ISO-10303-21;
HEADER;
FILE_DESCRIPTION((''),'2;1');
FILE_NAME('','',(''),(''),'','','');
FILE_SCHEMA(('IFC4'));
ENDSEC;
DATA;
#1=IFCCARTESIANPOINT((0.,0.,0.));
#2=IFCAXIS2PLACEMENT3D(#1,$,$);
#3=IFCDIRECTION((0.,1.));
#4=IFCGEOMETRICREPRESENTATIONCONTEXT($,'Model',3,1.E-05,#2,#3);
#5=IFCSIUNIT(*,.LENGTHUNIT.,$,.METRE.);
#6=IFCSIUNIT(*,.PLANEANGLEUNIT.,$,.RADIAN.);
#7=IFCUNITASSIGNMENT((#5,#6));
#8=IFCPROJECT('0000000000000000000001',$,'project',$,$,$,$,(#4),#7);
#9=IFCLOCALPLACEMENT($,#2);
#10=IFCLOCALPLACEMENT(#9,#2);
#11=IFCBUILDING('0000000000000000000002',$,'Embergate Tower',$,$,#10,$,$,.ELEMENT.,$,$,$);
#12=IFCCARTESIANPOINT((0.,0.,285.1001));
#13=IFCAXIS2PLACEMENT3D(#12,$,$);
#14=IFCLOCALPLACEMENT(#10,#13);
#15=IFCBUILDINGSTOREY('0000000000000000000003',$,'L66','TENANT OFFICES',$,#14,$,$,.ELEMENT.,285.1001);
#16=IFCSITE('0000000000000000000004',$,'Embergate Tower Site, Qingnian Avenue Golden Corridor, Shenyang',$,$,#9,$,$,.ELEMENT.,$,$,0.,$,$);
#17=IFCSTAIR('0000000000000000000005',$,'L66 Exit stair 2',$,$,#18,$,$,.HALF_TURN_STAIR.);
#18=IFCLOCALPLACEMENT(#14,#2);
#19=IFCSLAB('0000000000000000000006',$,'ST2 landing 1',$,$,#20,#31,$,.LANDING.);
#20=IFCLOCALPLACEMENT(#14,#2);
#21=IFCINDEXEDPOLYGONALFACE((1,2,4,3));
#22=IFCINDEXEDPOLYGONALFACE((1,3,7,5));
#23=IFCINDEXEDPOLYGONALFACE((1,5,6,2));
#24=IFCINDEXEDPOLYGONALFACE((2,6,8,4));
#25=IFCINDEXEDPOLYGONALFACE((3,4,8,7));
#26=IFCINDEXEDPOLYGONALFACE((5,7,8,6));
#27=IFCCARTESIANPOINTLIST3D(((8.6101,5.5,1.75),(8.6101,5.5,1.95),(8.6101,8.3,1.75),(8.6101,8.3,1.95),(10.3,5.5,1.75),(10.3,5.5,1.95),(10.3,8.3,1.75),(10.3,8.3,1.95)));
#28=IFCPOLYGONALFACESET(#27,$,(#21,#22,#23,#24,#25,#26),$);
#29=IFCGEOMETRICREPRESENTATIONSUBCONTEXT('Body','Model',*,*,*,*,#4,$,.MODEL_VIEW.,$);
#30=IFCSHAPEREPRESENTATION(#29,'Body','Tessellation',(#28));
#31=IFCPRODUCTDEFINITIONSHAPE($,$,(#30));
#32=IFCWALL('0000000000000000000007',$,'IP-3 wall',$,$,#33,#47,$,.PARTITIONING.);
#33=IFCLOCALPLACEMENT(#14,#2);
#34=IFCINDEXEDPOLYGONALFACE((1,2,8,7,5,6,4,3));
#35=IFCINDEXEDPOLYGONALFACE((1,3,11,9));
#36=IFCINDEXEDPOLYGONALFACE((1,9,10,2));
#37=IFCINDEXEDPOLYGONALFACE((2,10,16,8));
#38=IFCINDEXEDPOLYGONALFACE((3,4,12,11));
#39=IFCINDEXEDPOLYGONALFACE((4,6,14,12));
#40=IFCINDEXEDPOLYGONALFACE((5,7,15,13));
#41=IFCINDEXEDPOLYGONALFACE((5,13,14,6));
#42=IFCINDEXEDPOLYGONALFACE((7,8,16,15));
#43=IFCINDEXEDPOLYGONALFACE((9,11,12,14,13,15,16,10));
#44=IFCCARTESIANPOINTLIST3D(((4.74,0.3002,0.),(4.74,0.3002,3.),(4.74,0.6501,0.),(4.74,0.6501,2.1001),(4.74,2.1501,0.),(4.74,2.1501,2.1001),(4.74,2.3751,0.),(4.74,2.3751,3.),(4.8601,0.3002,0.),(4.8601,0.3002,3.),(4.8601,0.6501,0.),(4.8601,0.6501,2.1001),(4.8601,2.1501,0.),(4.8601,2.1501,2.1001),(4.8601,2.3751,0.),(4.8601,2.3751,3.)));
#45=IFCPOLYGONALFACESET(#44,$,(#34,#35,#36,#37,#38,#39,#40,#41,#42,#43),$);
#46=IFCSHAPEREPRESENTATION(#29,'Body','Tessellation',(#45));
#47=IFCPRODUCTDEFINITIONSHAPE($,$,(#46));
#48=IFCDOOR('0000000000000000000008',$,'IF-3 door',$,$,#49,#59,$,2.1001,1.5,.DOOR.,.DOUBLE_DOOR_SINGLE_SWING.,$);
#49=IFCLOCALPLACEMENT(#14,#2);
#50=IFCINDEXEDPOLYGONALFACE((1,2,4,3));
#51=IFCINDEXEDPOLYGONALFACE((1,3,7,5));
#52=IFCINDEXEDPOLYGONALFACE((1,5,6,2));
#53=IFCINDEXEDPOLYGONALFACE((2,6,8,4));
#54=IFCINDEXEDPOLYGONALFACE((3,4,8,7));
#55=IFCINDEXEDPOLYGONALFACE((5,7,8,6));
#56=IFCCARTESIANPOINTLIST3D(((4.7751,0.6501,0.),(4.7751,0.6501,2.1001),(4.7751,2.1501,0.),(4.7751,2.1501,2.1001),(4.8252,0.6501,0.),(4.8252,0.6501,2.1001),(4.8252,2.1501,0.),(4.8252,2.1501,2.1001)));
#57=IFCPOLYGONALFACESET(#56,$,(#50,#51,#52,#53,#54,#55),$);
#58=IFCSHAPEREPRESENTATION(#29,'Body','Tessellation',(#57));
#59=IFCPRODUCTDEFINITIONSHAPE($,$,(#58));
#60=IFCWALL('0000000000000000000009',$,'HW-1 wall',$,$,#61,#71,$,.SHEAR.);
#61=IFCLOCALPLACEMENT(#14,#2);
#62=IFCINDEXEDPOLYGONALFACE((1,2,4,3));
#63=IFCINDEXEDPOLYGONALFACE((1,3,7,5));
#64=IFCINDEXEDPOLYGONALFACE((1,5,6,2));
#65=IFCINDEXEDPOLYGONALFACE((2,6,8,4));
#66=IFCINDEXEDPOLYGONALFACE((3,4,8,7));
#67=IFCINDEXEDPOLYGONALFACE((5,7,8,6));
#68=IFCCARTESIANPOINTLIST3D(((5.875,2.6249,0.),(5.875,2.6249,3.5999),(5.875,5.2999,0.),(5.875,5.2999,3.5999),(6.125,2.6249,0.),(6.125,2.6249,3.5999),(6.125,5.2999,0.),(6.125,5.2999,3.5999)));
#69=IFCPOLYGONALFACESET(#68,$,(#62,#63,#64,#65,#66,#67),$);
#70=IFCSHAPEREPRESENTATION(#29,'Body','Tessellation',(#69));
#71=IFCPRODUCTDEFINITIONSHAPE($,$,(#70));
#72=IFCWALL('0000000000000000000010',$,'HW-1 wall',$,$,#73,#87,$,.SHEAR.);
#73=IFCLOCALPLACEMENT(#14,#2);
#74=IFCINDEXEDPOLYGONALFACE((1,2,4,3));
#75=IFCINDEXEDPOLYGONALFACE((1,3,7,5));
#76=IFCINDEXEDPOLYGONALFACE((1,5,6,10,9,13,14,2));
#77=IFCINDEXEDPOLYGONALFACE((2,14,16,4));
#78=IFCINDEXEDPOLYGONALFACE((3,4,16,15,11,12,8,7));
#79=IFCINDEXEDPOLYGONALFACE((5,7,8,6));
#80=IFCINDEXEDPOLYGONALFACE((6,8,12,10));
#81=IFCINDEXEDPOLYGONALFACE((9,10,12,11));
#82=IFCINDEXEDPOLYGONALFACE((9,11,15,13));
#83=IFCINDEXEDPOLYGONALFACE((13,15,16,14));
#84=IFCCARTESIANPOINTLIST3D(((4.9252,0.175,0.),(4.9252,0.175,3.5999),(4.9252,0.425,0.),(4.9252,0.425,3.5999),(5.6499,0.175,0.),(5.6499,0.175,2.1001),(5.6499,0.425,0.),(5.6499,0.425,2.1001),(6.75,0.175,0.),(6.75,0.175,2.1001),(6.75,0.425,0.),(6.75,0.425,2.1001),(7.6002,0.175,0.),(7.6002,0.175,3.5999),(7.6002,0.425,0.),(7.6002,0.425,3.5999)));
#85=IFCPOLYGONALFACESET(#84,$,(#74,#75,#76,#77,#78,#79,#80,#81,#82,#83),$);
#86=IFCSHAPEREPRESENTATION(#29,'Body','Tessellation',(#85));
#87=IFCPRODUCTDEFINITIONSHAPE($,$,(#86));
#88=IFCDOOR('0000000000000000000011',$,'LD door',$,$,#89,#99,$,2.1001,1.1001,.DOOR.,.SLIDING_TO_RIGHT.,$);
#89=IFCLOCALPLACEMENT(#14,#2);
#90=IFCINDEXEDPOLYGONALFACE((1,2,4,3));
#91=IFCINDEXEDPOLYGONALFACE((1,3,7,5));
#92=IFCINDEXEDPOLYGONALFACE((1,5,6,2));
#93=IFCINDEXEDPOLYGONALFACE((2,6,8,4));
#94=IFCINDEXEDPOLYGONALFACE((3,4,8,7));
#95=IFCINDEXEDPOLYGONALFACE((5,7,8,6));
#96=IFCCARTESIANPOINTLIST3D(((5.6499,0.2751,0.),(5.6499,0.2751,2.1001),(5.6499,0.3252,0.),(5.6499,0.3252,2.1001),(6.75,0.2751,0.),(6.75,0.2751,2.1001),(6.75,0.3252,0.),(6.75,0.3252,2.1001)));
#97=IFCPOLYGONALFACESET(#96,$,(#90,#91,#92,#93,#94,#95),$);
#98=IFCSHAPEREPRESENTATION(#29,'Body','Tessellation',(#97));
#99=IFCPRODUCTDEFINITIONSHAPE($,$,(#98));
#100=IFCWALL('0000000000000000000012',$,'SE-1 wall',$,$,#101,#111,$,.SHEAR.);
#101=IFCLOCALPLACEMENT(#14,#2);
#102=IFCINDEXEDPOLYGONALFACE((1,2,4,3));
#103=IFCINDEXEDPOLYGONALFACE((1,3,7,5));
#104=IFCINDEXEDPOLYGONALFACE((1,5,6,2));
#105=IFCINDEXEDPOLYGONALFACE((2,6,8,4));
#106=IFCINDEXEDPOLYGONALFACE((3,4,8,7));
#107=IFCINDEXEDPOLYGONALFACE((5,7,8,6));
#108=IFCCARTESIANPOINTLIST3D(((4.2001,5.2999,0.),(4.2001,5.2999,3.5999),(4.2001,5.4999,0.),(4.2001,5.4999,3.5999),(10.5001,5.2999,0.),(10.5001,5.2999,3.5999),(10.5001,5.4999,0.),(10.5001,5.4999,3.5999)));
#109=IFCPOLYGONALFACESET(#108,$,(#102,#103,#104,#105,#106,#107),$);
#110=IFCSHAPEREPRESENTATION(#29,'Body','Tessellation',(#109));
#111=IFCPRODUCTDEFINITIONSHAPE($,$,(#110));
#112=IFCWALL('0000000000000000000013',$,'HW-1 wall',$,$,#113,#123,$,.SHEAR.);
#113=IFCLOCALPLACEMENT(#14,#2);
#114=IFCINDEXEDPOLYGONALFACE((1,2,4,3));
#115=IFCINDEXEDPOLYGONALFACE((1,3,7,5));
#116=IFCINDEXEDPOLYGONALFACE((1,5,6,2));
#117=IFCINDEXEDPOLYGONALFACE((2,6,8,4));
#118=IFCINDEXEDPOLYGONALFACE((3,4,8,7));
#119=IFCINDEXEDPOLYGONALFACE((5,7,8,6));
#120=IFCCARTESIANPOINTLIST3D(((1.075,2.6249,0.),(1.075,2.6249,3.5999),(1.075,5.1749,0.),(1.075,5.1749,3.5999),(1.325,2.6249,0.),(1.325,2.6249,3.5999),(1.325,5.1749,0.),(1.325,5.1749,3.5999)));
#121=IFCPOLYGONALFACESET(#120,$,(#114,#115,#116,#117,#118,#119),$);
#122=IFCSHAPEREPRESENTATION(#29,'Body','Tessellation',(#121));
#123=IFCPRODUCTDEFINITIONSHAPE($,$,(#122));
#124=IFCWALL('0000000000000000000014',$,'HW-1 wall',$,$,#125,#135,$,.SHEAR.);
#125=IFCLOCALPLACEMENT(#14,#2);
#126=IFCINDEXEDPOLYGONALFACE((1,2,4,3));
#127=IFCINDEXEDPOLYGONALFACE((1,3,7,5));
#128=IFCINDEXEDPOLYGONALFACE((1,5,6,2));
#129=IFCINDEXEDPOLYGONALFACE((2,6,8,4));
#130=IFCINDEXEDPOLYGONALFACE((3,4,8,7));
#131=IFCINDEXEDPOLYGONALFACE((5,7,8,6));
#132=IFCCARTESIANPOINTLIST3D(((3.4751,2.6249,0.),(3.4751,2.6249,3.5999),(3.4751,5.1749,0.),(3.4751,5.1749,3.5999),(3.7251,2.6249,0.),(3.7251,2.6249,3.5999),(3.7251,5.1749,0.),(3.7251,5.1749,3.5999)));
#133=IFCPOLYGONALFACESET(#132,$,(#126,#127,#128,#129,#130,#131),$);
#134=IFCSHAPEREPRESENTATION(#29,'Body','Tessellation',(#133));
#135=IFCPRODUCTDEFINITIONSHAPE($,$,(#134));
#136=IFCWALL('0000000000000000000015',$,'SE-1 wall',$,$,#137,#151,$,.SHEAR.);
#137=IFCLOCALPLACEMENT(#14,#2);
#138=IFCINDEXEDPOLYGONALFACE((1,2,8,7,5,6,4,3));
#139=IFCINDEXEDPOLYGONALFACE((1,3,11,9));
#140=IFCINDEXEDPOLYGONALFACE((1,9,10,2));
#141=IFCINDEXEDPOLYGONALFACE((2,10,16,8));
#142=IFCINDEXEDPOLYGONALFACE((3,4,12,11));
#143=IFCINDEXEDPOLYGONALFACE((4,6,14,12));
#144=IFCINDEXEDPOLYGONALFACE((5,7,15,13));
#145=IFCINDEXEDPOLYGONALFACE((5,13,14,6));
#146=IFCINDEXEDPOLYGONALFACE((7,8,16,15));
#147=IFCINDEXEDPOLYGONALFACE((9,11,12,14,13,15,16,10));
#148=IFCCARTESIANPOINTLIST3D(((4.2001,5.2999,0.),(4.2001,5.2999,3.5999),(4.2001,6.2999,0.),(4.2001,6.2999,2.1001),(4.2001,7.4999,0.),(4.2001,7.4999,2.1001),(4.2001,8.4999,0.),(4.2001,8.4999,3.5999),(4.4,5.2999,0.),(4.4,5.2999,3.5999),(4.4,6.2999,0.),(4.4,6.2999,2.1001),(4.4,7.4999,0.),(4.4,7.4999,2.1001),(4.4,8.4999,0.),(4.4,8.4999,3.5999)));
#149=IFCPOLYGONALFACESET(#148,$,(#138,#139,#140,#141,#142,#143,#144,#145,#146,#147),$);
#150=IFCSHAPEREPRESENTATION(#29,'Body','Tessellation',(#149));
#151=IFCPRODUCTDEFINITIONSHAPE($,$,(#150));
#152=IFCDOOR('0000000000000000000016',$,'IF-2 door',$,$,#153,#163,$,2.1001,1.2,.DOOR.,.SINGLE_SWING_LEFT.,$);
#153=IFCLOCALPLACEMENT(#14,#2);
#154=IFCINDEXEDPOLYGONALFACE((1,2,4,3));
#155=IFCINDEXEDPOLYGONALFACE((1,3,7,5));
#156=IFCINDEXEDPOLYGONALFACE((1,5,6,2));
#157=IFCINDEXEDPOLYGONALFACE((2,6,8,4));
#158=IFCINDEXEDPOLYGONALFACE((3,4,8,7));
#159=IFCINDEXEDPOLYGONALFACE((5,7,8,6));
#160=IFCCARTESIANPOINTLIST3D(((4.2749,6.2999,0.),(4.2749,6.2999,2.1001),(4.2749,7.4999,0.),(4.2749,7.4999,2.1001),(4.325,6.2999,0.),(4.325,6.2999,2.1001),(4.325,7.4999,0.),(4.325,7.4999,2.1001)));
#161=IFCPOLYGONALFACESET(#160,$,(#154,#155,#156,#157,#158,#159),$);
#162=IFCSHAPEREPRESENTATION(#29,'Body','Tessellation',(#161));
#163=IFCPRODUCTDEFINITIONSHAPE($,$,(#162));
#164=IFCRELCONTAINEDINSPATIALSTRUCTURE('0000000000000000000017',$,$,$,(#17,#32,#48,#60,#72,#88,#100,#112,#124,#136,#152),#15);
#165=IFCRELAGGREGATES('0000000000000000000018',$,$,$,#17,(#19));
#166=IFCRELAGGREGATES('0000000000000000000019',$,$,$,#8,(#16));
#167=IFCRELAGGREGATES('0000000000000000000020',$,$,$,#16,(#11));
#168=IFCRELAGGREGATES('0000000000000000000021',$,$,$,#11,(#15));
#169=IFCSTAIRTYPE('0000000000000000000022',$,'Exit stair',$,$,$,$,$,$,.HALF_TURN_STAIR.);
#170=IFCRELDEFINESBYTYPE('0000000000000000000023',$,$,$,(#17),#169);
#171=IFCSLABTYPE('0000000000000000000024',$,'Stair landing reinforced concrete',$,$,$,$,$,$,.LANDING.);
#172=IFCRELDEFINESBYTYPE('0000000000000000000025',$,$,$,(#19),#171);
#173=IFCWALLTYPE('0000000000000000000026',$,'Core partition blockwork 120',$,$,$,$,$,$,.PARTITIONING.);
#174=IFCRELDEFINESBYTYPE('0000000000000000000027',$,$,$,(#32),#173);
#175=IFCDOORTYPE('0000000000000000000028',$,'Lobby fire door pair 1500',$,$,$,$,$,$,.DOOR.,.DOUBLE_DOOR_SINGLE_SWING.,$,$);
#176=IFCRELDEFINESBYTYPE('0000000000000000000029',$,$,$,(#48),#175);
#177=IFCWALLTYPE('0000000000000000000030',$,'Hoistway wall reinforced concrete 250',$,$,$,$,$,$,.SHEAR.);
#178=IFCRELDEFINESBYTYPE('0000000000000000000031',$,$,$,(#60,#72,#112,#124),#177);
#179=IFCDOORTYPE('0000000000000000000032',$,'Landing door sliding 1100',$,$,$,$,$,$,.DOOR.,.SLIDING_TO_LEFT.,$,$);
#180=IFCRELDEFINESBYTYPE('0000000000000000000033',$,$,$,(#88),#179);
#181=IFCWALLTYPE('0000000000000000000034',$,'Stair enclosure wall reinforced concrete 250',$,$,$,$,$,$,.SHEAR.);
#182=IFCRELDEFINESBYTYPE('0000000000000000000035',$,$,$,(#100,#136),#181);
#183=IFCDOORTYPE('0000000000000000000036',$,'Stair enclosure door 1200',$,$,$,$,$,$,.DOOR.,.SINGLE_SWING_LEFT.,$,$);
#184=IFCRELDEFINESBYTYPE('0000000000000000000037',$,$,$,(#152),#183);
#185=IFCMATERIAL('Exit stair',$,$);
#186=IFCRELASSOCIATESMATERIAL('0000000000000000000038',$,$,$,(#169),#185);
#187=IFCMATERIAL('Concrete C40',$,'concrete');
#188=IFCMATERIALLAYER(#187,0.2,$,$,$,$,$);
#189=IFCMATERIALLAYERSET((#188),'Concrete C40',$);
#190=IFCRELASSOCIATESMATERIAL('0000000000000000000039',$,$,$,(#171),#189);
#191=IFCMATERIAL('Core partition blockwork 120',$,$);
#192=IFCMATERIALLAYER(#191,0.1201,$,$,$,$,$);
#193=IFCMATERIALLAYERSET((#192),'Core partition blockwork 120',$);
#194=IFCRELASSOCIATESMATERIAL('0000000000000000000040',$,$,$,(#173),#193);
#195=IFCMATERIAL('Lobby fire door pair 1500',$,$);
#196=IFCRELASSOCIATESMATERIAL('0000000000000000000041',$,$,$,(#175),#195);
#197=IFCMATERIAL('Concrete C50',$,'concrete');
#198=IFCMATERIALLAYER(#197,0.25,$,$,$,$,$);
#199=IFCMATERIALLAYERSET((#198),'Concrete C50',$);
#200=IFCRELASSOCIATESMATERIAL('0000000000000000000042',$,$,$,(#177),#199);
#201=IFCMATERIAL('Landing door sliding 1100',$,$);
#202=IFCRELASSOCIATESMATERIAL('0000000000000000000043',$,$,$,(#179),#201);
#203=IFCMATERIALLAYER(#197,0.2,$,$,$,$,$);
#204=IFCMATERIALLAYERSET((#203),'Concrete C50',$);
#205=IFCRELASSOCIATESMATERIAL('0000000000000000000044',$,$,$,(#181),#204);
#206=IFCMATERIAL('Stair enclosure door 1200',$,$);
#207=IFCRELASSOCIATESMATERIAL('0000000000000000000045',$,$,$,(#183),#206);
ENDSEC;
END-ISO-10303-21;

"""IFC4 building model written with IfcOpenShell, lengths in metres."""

from ifc_helpers import new_model, si_unit, direction, frame, frame_2d, origin, place, context, subcontext, project, spatial, polyline, rectangle, outline, extrude, source, transform, mapped, material, layer, layer_set, type_object, element, fill, aggregate, save


model = new_model("IFC4")

# Units and contexts
model_context = context("Model", 3, precision=1e-05, world=origin(), true_north=direction((0.0, 1.0)))
body_context = subcontext(model_context, "Body", "Model", "MODEL_VIEW")
ifc_project = project(units=[si_unit("LENGTHUNIT", "METRE"), si_unit("PLANEANGLEUNIT", "RADIAN")], contexts=[model_context])

# Site, building, storey
site_placement = place(None, origin())
site = spatial("IfcSite", under=ifc_project, at=site_placement, Name="Embergate Tower Site, Qingnian Avenue Golden Corridor, Shenyang", CompositionType="ELEMENT", RefElevation=0.0)
building_placement = place(site_placement, origin())
building = spatial("IfcBuilding", under=site, at=building_placement, Name="Embergate Tower", CompositionType="ELEMENT")
storey_placement = place(building_placement, frame((0.0, 0.0, 285.1001)))
storey = spatial("IfcBuildingStorey", under=building, at=storey_placement, Name="L66", Description="TENANT OFFICES", CompositionType="ELEMENT", Elevation=285.1001)

# Stair, slab
ifc_material_1 = material(Name="Exit stair")
stair_type = type_object("IfcStairType", Name="Exit stair", PredefinedType="HALF_TURN_STAIR", material=ifc_material_1)
stair_placement = place(storey_placement, origin())
stair = element("IfcStair", 1, at=stair_placement, inside=storey, type_object=stair_type, Name="L66 Exit stair 2", PredefinedType="HALF_TURN_STAIR")
ifc_material_2 = material(Name="Concrete C40", Category="concrete")
ifc_layer_1 = layer(ifc_material_2, 0.2)
ifc_layer_set_1 = layer_set([ifc_layer_1], Name="Concrete C40")
slab_type = type_object("IfcSlabType", Name="Stair landing reinforced concrete", PredefinedType="LANDING", material=ifc_layer_set_1)
shared_shape_1 = source(origin(), body_context, "Body", "SweptSolid", [
    extrude(outline(polyline([(0.0, 0.0), (1.6899, 0.0), (1.6899, 2.8), (0.0, 2.8), (0.0, 0.0)])), origin(), (0.0, 0.0, 1.0), 0.2),
])
slab_placement = place(storey_placement, frame((8.6101, 5.5, 1.75)))
slab = element("IfcSlab", 2, at=slab_placement, type_object=slab_type, Name="ST2 landing 1", PredefinedType="LANDING", context=body_context, shape_type="MappedRepresentation", body=[
    mapped(shared_shape_1, transform((0.0, 0.0, 0.0))),
])

# Wall, opening, door
ifc_material_3 = material(Name="Core partition blockwork 120")
ifc_layer_2 = layer(ifc_material_3, 0.1201)
ifc_layer_set_2 = layer_set([ifc_layer_2], Name="Core partition blockwork 120")
wall_type_1 = type_object("IfcWallType", Name="Core partition blockwork 120", PredefinedType="PARTITIONING", material=ifc_layer_set_2)
shared_shape_2 = source(origin(), body_context, "Body", "SweptSolid", [
    extrude(rectangle(XDim=2.075, YDim=0.1201, at=frame_2d((1.0376, 0.0))), origin(), (0.0, 0.0, 1.0), 3.0),
])
wall_1_placement = place(storey_placement, frame((4.8, 0.3, 0.0), z_axis=(0.0, 0.0, 1.0), x_axis=(0.0, 1.0, 0.0)))
wall_1 = element("IfcWall", 3, at=wall_1_placement, inside=storey, type_object=wall_type_1, Name="IP-3 wall", PredefinedType="PARTITIONING", context=body_context, shape_type="MappedRepresentation", body=[
    mapped(shared_shape_2, transform((0.0, 0.0, 0.0))),
])
shared_shape_3 = source(origin(), body_context, "Body", "SweptSolid", [
    extrude(rectangle(XDim=1.5, YDim=2.1001, at=frame_2d((0.75, 1.05))), frame((0.0, 0.0701, 0.0), z_axis=(0.0, -1.0, 0.0), x_axis=(1.0, 0.0, 0.0)), (0.0, 0.0, 1.0), 0.1401),
])
opening_1_placement = place(wall_1_placement, frame((0.3501, 0.0, 0.0)))
opening_1 = element("IfcOpeningElement", 4, at=opening_1_placement, cuts=wall_1, PredefinedType="OPENING", context=body_context, shape_type="MappedRepresentation", body=[
    mapped(shared_shape_3, transform((0.0, 0.0, 0.0))),
])
ifc_material_4 = material(Name="Lobby fire door pair 1500")
door_type_1 = type_object("IfcDoorType", Name="Lobby fire door pair 1500", OperationType="DOUBLE_DOOR_SINGLE_SWING", PredefinedType="DOOR", material=ifc_material_4)
shared_shape_4 = source(origin(), body_context, "Body", "SweptSolid", [
    extrude(rectangle(XDim=1.5, YDim=2.1001, at=frame_2d((0.75, 1.05))), frame((0.0, 0.0249, 0.0), z_axis=(0.0, -1.0, 0.0), x_axis=(1.0, 0.0, 0.0)), (0.0, 0.0, 1.0), 0.05),
])
door_1_placement = place(opening_1_placement, origin())
door_1 = element("IfcDoor", 5, at=door_1_placement, inside=storey, type_object=door_type_1, Name="IF-3 door", OperationType="DOUBLE_DOOR_SINGLE_SWING", OverallHeight=2.1001, OverallWidth=1.5, PredefinedType="DOOR", context=body_context, shape_type="MappedRepresentation", body=[
    mapped(shared_shape_4, transform((0.0, 0.0, 0.0))),
])
fill(opening_1, door_1)

# Wall
ifc_material_5 = material(Name="Concrete C50", Category="concrete")
ifc_layer_3 = layer(ifc_material_5, 0.25)
ifc_layer_set_3 = layer_set([ifc_layer_3], Name="Concrete C50")
wall_type_2 = type_object("IfcWallType", Name="Hoistway wall reinforced concrete 250", PredefinedType="SHEAR", material=ifc_layer_set_3)
shared_shape_5 = source(origin(), body_context, "Body", "SweptSolid", [
    extrude(rectangle(XDim=2.675, YDim=0.25, at=frame_2d((1.3374, 0.0))), origin(), (0.0, 0.0, 1.0), 3.5999),
])
wall_2_placement = place(storey_placement, frame((6.0, 2.625, 0.0), z_axis=(0.0, 0.0, 1.0), x_axis=(0.0, 1.0, 0.0)))
element("IfcWall", 6, at=wall_2_placement, inside=storey, type_object=wall_type_2, Name="HW-1 wall", PredefinedType="SHEAR", context=body_context, shape_type="MappedRepresentation", body=[
    mapped(shared_shape_5, transform((0.0, 0.0, 0.0))),
])

# Wall, opening, door
wall_3_placement = place(storey_placement, frame((7.6001, 0.3, 0.0), z_axis=(0.0, 0.0, 1.0), x_axis=(-1.0, 0.0, 0.0)))
wall_3 = element("IfcWall", 7, at=wall_3_placement, inside=storey, type_object=wall_type_2, Name="HW-1 wall", PredefinedType="SHEAR", context=body_context, shape_type="MappedRepresentation", body=[
    mapped(shared_shape_5, transform((0.0, 0.0, 0.0))),
])
shared_shape_6 = source(origin(), body_context, "Body", "SweptSolid", [
    extrude(rectangle(XDim=1.1001, YDim=2.1001, at=frame_2d((0.55, 1.05))), frame((0.0, 0.135, 0.0), z_axis=(0.0, -1.0, 0.0), x_axis=(1.0, 0.0, 0.0)), (0.0, 0.0, 1.0), 0.27),
])
opening_2_placement = place(wall_3_placement, frame((0.8501, 0.0, 0.0)))
opening_2 = element("IfcOpeningElement", 8, at=opening_2_placement, cuts=wall_3, PredefinedType="OPENING", context=body_context, shape_type="MappedRepresentation", body=[
    mapped(shared_shape_6, transform((0.0, 0.0, 0.0))),
])
ifc_material_6 = material(Name="Landing door sliding 1100")
door_type_2 = type_object("IfcDoorType", Name="Landing door sliding 1100", OperationType="SLIDING_TO_LEFT", PredefinedType="DOOR", material=ifc_material_6)
shared_shape_7 = source(origin(), body_context, "Body", "SweptSolid", [
    extrude(rectangle(XDim=1.1001, YDim=2.1001, at=frame_2d((0.55, 1.05))), frame((0.0, 0.0249, 0.0), z_axis=(0.0, -1.0, 0.0), x_axis=(1.0, 0.0, 0.0)), (0.0, 0.0, 1.0), 0.05),
])
door_2_placement = place(opening_2_placement, origin())
door_2 = element("IfcDoor", 9, at=door_2_placement, inside=storey, type_object=door_type_2, Name="LD door", OperationType="SLIDING_TO_RIGHT", OverallHeight=2.1001, OverallWidth=1.1001, PredefinedType="DOOR", context=body_context, shape_type="MappedRepresentation", body=[
    mapped(shared_shape_7, transform((0.0, 0.0, 0.0))),
])
fill(opening_2, door_2)

# Walls
ifc_layer_4 = layer(ifc_material_5, 0.2)
ifc_layer_set_4 = layer_set([ifc_layer_4], Name="Concrete C50")
wall_type_3 = type_object("IfcWallType", Name="Stair enclosure wall reinforced concrete 250", PredefinedType="SHEAR", material=ifc_layer_set_4)
shared_shape_8 = source(origin(), body_context, "Body", "SweptSolid", [
    extrude(rectangle(XDim=6.3, YDim=0.2, at=frame_2d((3.1499, 0.0))), origin(), (0.0, 0.0, 1.0), 3.5999),
])
wall_4_placement = place(storey_placement, frame((10.5, 5.3999, 0.0), z_axis=(0.0, 0.0, 1.0), x_axis=(-1.0, 0.0, 0.0)))
element("IfcWall", 10, at=wall_4_placement, inside=storey, type_object=wall_type_3, Name="SE-1 wall", PredefinedType="SHEAR", context=body_context, shape_type="MappedRepresentation", body=[
    mapped(shared_shape_8, transform((0.0, 0.0, 0.0))),
])
shared_shape_9 = source(origin(), body_context, "Body", "SweptSolid", [
    extrude(rectangle(XDim=2.55, YDim=0.25, at=frame_2d((1.2749, 0.0))), origin(), (0.0, 0.0, 1.0), 3.5999),
])
for number, where, z_axis, x_axis, name in (
    (11, (1.2, 2.625, 0.0), (0.0, 0.0, 1.0), (0.0, 1.0, 0.0), "HW-1 wall"),
    (12, (3.6001, 2.625, 0.0), (0.0, 0.0, 1.0), (0.0, 1.0, 0.0), "HW-1 wall"),
):
    element("IfcWall", number, at=place(storey_placement, frame(where, z_axis=z_axis, x_axis=x_axis)), inside=storey, type_object=wall_type_2, Name=name, PredefinedType="SHEAR", context=body_context, shape_type="MappedRepresentation", body=[
        mapped(shared_shape_9, transform((0.0, 0.0, 0.0))),
    ])

# Wall, opening, door
shared_shape_10 = source(origin(), body_context, "Body", "SweptSolid", [
    extrude(rectangle(XDim=3.2, YDim=0.2, at=frame_2d((1.6001, 0.0))), origin(), (0.0, 0.0, 1.0), 3.5999),
])
wall_5_placement = place(storey_placement, frame((4.3, 8.5, 0.0), z_axis=(0.0, 0.0, 1.0), x_axis=(0.0, -1.0, 0.0)))
wall_5 = element("IfcWall", 13, at=wall_5_placement, inside=storey, type_object=wall_type_3, Name="SE-1 wall", PredefinedType="SHEAR", context=body_context, shape_type="MappedRepresentation", body=[
    mapped(shared_shape_10, transform((0.0, 0.0, 0.0))),
])
shared_shape_11 = source(origin(), body_context, "Body", "SweptSolid", [
    extrude(rectangle(XDim=1.2, YDim=2.1001, at=frame_2d((0.6001, 1.05))), frame((0.0, 0.1099, 0.0), z_axis=(0.0, -1.0, 0.0), x_axis=(1.0, 0.0, 0.0)), (0.0, 0.0, 1.0), 0.22),
])
opening_3_placement = place(wall_5_placement, frame((1.0, 0.0, 0.0)))
opening_3 = element("IfcOpeningElement", 14, at=opening_3_placement, cuts=wall_5, PredefinedType="OPENING", context=body_context, shape_type="MappedRepresentation", body=[
    mapped(shared_shape_11, transform((0.0, 0.0, 0.0))),
])
ifc_material_7 = material(Name="Stair enclosure door 1200")
door_type_3 = type_object("IfcDoorType", Name="Stair enclosure door 1200", OperationType="SINGLE_SWING_LEFT", PredefinedType="DOOR", material=ifc_material_7)
shared_shape_12 = source(origin(), body_context, "Body", "SweptSolid", [
    extrude(rectangle(XDim=1.2, YDim=2.1001, at=frame_2d((0.6001, 1.05))), frame((0.0, 0.0249, 0.0), z_axis=(0.0, -1.0, 0.0), x_axis=(1.0, 0.0, 0.0)), (0.0, 0.0, 1.0), 0.05),
])
door_3_placement = place(opening_3_placement, origin())
door_3 = element("IfcDoor", 15, at=door_3_placement, inside=storey, type_object=door_type_3, Name="IF-2 door", OperationType="SINGLE_SWING_LEFT", OverallHeight=2.1001, OverallWidth=1.2, PredefinedType="DOOR", context=body_context, shape_type="MappedRepresentation", body=[
    mapped(shared_shape_12, transform((0.0, 0.0, 0.0))),
])
fill(opening_3, door_3)

aggregate(stair, [slab])

save(model, "model.ifc")
